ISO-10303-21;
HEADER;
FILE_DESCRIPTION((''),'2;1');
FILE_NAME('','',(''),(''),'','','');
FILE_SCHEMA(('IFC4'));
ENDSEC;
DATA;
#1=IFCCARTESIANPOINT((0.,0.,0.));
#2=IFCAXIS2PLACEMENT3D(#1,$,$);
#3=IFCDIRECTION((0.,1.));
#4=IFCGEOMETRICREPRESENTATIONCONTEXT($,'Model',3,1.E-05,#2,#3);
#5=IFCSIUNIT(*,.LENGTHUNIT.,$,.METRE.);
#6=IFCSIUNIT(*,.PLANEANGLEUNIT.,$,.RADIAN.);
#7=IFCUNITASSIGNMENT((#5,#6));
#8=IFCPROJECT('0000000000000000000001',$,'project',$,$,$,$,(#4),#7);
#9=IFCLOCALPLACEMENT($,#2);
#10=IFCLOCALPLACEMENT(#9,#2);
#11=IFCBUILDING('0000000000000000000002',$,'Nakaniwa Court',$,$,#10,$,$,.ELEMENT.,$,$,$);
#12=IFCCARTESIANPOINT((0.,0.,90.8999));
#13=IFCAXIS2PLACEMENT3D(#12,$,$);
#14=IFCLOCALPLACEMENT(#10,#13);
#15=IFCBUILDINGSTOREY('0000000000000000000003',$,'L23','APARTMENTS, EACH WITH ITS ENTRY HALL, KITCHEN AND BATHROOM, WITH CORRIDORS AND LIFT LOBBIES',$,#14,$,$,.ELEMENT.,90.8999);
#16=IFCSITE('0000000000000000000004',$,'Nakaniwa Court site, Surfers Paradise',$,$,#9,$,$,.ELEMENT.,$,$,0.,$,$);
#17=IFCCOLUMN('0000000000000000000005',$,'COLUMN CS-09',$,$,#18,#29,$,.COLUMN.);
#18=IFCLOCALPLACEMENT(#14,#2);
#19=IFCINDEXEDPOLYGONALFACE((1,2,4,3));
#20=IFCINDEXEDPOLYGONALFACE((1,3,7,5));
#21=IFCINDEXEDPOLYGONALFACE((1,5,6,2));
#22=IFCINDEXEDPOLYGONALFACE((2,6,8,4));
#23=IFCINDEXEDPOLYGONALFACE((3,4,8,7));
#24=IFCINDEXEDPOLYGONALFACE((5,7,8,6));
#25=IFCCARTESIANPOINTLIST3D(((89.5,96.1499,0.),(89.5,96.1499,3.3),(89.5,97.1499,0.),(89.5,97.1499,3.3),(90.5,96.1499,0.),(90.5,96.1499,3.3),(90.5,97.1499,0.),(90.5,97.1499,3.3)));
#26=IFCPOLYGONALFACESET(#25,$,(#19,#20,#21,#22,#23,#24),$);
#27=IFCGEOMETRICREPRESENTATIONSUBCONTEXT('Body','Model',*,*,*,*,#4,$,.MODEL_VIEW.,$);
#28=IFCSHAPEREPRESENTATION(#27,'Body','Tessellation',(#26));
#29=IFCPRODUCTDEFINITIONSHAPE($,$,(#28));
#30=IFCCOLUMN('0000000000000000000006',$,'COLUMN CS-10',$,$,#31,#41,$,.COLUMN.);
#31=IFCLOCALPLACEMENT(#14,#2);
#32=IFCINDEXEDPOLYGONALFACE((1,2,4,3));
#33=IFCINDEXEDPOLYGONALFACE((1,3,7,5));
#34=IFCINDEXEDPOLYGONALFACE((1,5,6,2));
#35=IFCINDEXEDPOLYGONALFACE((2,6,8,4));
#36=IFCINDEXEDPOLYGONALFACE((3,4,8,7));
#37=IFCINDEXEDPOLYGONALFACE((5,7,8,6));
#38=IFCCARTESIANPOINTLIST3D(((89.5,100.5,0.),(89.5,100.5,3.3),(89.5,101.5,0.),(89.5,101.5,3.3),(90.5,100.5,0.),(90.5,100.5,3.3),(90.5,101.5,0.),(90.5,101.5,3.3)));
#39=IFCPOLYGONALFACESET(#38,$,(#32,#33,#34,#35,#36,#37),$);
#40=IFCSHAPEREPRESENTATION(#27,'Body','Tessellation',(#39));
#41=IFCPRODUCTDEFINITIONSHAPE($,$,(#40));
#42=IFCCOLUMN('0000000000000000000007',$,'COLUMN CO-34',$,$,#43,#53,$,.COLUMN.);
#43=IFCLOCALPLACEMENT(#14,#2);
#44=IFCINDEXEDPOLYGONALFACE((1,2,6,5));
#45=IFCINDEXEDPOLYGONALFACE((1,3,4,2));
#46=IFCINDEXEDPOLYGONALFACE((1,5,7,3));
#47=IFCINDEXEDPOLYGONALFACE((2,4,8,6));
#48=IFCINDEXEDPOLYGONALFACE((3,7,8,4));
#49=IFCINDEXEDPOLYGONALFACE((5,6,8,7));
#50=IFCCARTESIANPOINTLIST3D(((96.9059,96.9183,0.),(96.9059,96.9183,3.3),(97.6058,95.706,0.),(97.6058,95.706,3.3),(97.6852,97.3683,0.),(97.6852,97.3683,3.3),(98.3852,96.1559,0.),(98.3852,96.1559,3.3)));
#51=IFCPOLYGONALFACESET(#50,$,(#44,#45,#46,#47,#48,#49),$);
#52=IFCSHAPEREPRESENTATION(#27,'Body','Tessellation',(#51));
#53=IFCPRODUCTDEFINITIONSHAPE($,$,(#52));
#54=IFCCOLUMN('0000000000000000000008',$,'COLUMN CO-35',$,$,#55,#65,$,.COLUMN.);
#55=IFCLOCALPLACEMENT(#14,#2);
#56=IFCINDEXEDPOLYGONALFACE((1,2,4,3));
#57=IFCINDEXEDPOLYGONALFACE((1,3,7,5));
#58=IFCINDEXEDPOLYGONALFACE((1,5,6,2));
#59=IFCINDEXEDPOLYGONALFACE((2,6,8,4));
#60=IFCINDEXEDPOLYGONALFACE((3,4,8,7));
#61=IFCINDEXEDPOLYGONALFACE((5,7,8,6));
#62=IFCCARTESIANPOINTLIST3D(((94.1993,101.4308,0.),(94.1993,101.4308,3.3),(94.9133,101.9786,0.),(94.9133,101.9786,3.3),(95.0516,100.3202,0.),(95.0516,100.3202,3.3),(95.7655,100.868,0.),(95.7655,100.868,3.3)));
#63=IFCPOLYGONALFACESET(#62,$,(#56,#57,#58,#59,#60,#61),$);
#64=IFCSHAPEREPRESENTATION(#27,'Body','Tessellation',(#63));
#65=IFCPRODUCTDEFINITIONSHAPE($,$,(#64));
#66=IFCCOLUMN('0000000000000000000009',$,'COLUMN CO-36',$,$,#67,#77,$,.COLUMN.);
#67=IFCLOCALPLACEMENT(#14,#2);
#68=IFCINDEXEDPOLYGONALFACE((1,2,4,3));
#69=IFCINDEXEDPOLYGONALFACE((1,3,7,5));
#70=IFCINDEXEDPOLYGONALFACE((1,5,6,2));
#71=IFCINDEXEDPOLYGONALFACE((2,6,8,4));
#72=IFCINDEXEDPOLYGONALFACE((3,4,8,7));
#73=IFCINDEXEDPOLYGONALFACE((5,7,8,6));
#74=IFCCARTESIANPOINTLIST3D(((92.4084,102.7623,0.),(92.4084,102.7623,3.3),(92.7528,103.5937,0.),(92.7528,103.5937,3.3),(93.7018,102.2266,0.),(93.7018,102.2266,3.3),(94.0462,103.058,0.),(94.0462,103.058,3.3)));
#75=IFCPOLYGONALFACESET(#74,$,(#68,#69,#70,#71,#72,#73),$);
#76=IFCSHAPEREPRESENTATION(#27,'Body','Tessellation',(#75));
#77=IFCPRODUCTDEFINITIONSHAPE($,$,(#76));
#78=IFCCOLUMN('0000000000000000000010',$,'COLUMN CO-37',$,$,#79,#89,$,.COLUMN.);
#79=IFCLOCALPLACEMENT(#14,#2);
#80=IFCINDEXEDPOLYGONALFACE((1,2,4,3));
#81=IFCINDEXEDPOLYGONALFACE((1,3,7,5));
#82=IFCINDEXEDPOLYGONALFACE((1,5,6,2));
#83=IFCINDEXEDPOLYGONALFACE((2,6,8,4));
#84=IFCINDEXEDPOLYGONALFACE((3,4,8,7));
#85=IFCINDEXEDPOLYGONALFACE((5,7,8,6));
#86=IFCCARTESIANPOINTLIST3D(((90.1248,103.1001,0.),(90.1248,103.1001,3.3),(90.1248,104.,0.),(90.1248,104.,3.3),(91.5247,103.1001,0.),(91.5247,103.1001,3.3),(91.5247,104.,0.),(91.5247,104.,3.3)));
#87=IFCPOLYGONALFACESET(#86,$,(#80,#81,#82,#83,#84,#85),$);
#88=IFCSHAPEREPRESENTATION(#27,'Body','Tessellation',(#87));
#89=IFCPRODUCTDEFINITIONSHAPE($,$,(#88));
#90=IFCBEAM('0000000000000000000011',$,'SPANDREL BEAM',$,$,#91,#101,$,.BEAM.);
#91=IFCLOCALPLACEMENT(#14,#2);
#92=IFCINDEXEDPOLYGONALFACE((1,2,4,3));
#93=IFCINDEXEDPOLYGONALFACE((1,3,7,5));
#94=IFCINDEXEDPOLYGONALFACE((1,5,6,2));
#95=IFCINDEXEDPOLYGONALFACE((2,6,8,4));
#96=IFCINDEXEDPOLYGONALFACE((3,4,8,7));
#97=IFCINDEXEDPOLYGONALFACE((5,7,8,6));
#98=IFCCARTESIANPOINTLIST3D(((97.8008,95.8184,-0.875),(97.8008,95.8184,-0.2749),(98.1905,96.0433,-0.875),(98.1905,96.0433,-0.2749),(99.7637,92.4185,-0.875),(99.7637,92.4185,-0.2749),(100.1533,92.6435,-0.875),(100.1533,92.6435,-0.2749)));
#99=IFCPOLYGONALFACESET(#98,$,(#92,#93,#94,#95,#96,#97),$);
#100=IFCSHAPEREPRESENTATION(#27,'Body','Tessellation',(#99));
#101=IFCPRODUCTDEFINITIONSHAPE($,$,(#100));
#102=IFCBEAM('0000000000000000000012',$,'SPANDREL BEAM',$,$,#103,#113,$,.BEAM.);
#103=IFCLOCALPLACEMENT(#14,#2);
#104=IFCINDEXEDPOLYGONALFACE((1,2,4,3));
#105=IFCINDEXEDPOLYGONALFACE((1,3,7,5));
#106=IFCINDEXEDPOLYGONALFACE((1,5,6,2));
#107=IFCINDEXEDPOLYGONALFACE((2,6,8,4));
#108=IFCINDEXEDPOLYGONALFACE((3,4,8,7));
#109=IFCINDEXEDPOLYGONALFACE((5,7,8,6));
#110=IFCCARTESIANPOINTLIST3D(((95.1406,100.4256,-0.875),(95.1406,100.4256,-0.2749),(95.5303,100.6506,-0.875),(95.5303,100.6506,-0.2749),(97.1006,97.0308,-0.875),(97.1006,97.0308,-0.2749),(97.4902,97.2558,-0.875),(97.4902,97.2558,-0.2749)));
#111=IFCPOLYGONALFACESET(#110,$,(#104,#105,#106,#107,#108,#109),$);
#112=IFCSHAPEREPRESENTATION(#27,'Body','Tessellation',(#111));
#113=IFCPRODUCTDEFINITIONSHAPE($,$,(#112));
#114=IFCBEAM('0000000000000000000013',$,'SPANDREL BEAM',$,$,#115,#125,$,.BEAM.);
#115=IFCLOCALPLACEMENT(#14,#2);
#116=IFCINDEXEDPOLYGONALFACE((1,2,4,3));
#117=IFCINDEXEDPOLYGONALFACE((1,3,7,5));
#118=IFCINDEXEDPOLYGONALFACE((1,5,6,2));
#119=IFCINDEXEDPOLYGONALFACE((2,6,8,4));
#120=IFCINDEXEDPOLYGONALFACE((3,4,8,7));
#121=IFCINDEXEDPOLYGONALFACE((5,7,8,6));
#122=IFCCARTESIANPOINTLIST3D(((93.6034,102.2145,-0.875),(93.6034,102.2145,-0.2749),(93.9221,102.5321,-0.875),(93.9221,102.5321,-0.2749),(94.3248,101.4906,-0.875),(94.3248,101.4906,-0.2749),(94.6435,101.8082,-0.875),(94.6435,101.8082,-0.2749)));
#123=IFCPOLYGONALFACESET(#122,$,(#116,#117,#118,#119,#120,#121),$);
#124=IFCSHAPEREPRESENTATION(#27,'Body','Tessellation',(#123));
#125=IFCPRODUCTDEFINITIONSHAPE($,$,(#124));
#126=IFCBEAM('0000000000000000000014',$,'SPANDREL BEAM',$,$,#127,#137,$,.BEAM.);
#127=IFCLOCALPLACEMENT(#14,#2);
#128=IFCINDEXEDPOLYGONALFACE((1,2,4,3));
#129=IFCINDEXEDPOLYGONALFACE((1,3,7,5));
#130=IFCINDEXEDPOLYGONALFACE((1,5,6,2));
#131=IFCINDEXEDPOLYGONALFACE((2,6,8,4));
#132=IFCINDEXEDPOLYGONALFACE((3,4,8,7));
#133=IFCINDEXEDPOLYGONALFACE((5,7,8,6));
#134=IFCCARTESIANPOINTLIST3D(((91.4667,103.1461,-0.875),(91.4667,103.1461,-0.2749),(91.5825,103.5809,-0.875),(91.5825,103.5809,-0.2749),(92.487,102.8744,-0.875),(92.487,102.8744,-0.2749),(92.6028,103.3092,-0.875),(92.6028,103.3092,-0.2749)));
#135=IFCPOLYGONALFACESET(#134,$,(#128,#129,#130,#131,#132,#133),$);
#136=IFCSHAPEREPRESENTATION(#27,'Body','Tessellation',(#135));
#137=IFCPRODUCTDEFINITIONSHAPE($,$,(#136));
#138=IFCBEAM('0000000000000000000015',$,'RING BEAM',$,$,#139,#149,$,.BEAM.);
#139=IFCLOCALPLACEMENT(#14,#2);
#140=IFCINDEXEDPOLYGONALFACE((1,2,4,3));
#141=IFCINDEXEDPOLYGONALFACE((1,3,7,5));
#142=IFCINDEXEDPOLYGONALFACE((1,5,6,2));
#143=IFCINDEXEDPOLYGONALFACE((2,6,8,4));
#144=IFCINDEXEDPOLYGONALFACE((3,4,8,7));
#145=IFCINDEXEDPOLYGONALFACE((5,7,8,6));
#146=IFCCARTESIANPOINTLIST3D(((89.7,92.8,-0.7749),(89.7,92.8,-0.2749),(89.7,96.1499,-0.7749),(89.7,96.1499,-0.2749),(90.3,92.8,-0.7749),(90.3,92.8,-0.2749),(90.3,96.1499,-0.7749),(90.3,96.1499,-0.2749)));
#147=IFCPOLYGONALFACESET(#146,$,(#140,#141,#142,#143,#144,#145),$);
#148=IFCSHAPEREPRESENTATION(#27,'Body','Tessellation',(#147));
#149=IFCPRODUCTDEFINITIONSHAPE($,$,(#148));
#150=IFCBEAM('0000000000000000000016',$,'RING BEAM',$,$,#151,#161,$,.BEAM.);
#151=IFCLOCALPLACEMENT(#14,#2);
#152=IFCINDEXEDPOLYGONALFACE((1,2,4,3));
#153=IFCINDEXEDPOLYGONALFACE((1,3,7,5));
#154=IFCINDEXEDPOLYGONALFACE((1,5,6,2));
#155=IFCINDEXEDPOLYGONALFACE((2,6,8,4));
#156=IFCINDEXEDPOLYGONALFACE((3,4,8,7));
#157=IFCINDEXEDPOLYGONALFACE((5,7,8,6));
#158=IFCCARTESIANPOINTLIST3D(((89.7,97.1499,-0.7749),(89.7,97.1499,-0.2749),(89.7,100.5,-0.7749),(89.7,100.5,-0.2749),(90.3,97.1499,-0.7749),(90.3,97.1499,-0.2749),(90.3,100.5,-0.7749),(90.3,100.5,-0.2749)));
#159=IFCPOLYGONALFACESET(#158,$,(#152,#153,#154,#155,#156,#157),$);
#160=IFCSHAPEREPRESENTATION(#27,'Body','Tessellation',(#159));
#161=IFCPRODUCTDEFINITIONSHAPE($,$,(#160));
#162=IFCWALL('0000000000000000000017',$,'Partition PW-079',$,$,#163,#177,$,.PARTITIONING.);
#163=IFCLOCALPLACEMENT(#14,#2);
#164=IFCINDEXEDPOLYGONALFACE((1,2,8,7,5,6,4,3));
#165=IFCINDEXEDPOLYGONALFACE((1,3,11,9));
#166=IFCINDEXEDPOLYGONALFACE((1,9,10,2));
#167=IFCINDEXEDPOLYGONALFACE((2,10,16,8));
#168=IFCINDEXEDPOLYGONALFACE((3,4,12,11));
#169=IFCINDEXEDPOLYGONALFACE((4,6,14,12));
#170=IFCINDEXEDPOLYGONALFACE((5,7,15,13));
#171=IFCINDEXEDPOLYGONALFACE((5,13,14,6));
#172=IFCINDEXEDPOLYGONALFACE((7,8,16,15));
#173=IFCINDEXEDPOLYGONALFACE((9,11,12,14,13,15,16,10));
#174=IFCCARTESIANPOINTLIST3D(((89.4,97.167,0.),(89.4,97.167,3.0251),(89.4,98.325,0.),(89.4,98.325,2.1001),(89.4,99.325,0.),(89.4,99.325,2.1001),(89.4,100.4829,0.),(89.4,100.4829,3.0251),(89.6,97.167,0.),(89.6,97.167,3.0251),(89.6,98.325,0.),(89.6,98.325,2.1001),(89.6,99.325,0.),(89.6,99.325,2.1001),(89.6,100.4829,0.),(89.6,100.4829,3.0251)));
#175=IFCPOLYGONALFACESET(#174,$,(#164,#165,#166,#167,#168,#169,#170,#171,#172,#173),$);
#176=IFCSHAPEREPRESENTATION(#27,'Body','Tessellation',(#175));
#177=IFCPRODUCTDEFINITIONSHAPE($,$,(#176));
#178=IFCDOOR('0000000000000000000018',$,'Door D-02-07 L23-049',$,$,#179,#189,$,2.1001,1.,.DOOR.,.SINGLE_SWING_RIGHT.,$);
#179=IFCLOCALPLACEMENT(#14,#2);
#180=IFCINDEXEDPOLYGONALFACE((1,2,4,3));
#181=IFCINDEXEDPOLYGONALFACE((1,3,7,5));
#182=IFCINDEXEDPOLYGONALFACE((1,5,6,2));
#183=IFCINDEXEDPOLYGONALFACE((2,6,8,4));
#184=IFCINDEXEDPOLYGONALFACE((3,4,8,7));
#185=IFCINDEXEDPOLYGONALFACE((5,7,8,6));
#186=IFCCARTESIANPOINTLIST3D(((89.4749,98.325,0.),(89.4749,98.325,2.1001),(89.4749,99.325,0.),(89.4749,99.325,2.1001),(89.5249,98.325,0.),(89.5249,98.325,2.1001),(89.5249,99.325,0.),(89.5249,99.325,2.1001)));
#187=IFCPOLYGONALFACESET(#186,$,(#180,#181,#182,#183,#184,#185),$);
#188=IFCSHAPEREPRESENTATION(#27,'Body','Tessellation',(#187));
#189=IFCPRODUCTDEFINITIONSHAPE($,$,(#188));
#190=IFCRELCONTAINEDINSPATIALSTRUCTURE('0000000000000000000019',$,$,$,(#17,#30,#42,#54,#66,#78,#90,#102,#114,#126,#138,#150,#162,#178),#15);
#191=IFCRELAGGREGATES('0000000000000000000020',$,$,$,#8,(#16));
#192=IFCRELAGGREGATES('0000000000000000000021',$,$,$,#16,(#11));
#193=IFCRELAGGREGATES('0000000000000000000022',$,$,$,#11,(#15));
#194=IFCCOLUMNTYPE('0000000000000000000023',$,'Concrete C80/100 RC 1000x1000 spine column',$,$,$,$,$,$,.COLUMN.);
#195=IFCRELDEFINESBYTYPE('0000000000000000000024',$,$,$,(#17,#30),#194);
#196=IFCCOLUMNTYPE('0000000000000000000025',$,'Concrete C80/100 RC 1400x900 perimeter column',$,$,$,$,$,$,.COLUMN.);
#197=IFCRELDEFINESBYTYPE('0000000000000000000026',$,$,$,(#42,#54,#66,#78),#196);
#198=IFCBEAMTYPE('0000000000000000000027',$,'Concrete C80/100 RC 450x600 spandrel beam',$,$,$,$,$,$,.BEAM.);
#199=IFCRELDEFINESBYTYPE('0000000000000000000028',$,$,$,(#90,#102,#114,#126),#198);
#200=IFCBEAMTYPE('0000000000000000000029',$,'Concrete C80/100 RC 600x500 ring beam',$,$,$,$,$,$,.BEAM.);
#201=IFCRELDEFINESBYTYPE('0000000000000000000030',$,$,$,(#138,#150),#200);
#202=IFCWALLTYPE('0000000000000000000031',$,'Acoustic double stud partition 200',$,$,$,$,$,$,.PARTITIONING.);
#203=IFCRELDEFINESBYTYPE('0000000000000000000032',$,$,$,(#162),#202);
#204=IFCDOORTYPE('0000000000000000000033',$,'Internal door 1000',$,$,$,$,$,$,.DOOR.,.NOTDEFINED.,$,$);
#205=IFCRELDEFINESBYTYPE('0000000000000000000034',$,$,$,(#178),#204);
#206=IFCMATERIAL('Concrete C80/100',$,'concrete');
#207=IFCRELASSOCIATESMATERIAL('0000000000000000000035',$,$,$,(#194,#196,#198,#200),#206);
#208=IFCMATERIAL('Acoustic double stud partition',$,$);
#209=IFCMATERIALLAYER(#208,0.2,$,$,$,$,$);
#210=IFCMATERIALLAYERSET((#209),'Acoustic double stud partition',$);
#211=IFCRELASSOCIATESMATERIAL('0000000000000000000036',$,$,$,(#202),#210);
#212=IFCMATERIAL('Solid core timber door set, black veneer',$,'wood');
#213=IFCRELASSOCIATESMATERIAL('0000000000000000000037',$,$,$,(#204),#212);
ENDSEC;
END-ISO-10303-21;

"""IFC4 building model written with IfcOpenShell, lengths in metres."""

from ifc_helpers import new_model, si_unit, direction, frame, frame_2d, origin, origin_2d, place, context, subcontext, project, spatial, rectangle, extrude, material, layer, layer_set, material_profile, profile_set, type_object, element, fill, save


model = new_model("IFC4")

# Units and contexts
model_context = context("Model", 3, precision=1e-05, world=origin(), true_north=direction((0.0, 1.0)))
body_context = subcontext(model_context, "Body", "Model", "MODEL_VIEW")
ifc_project = project(units=[si_unit("LENGTHUNIT", "METRE"), si_unit("PLANEANGLEUNIT", "RADIAN")], contexts=[model_context])

# Site, building, storey
site_placement = place(None, origin())
site = spatial("IfcSite", under=ifc_project, at=site_placement, Name="Nakaniwa Court site, Surfers Paradise", CompositionType="ELEMENT", RefElevation=0.0)
building_placement = place(site_placement, origin())
building = spatial("IfcBuilding", under=site, at=building_placement, Name="Nakaniwa Court", CompositionType="ELEMENT")
storey_placement = place(building_placement, frame((0.0, 0.0, 90.8999)))
storey = spatial("IfcBuildingStorey", under=building, at=storey_placement, Name="L23", Description="APARTMENTS, EACH WITH ITS ENTRY HALL, KITCHEN AND BATHROOM, WITH CORRIDORS AND LIFT LOBBIES", CompositionType="ELEMENT", Elevation=90.8999)

# Columns
ifc_material_1 = material(Name="Concrete C80/100", Category="concrete")
ifc_material_profile_1 = material_profile(ifc_material_1, rectangle(XDim=1.0, YDim=1.0, at=origin_2d()), Name="Concrete C80/100 RC 1000x1000 spine column")
ifc_profile_set_1 = profile_set([ifc_material_profile_1], Name="Concrete C80/100")
column_type_1 = type_object("IfcColumnType", Name="Concrete C80/100 RC 1000x1000 spine column", PredefinedType="COLUMN", material=ifc_profile_set_1)
for number, where, z_axis, x_axis, name in (
    (1, (90.0, 96.6499, 0.0), (0.0, 0.0, 1.0), (0.0, 1.0, 0.0), "COLUMN CS-09"),
    (2, (90.0, 101.0, 0.0), (0.0, 0.0, 1.0), (0.0, 1.0, 0.0), "COLUMN CS-10"),
):
    element("IfcColumn", number, at=place(storey_placement, frame(where, z_axis=z_axis, x_axis=x_axis)), inside=storey, type_object=column_type_1, Name=name, PredefinedType="COLUMN", context=body_context, shape_type="SweptSolid", body=[
        extrude(rectangle(XDim=1.0, YDim=1.0, at=origin_2d()), origin(), (0.0, 0.0, 1.0), 3.3),
    ])
ifc_material_profile_2 = material_profile(ifc_material_1, rectangle(XDim=1.3999, YDim=0.8999, at=origin_2d()), Name="Concrete C80/100 RC 1400x900 perimeter column")
ifc_profile_set_2 = profile_set([ifc_material_profile_2], Name="Concrete C80/100")
column_type_2 = type_object("IfcColumnType", Name="Concrete C80/100 RC 1400x900 perimeter column", PredefinedType="COLUMN", material=ifc_profile_set_2)
for number, where, z_axis, x_axis, name in (
    (3, (97.6455, 96.5371, 0.0), (0.0, 0.0, 1.0), (-0.5, 0.866025, 0.0), "COLUMN CO-34"),
    (4, (94.9824, 101.1494, 0.0), (0.0, 0.0, 1.0), (-0.608761, 0.793353, 0.0), "COLUMN CO-35"),
    (5, (93.2273, 102.9102, 0.0), (0.0, 0.0, 1.0), (-0.92388, 0.382683, 0.0), "COLUMN CO-36"),
    (6, (90.8247, 103.55, 0.0), (0.0, 0.0, 1.0), (-1.0, 0.0, 0.0), "COLUMN CO-37"),
):
    element("IfcColumn", number, at=place(storey_placement, frame(where, z_axis=z_axis, x_axis=x_axis)), inside=storey, type_object=column_type_2, Name=name, PredefinedType="COLUMN", context=body_context, shape_type="SweptSolid", body=[
        extrude(rectangle(XDim=1.3999, YDim=0.8999, at=origin_2d()), origin(), (0.0, 0.0, 1.0), 3.3),
    ])

# Beams
ifc_material_profile_3 = material_profile(ifc_material_1, rectangle(XDim=0.45, YDim=0.6001, at=origin_2d()), Name="Concrete C80/100 RC 450x600 spandrel beam")
ifc_profile_set_3 = profile_set([ifc_material_profile_3], Name="Concrete C80/100")
beam_type_1 = type_object("IfcBeamType", Name="Concrete C80/100 RC 450x600 spandrel beam", PredefinedType="BEAM", material=ifc_profile_set_3)
beam_1_placement = place(storey_placement, frame((99.9585, 92.531, -0.575), z_axis=(-0.499992, 0.86603, 0.0), x_axis=(-0.86603, -0.499992, 0.0)))
element("IfcBeam", 7, at=beam_1_placement, inside=storey, type_object=beam_type_1, Name="SPANDREL BEAM", PredefinedType="BEAM", context=body_context, shape_type="SweptSolid", body=[
    extrude(rectangle(XDim=0.45, YDim=0.6001, at=origin_2d()), origin(), (0.0, 0.0, 1.0), 3.9258),
])
beam_2_placement = place(storey_placement, frame((97.2954, 97.1433, -0.575), z_axis=(-0.499997, 0.866027, 0.0), x_axis=(-0.866027, -0.499997, 0.0)))
element("IfcBeam", 8, at=beam_2_placement, inside=storey, type_object=beam_type_1, Name="SPANDREL BEAM", PredefinedType="BEAM", context=body_context, shape_type="SweptSolid", body=[
    extrude(rectangle(XDim=0.45, YDim=0.6001, at=origin_2d()), origin(), (0.0, 0.0, 1.0), 3.9199),
])
beam_3_placement = place(storey_placement, frame((94.4841, 101.6494, -0.575), z_axis=(-0.705911, 0.7083, 0.0), x_axis=(-0.7083, -0.705911, 0.0)))
element("IfcBeam", 9, at=beam_3_placement, inside=storey, type_object=beam_type_1, Name="SPANDREL BEAM", PredefinedType="BEAM", context=body_context, shape_type="SweptSolid", body=[
    extrude(rectangle(XDim=0.45, YDim=0.6001, at=origin_2d()), origin(), (0.0, 0.0, 1.0), 1.022),
])
beam_4_placement = place(storey_placement, frame((92.5449, 103.0918, -0.575), z_axis=(-0.966315, 0.25736, 0.0), x_axis=(-0.25736, -0.966315, 0.0)))
element("IfcBeam", 10, at=beam_4_placement, inside=storey, type_object=beam_type_1, Name="SPANDREL BEAM", PredefinedType="BEAM", context=body_context, shape_type="SweptSolid", body=[
    extrude(rectangle(XDim=0.45, YDim=0.6001, at=origin_2d()), origin(), (0.0, 0.0, 1.0), 1.0559),
])
ifc_material_profile_4 = material_profile(ifc_material_1, rectangle(XDim=0.6001, YDim=0.5, at=origin_2d()), Name="Concrete C80/100 RC 600x500 ring beam")
ifc_profile_set_4 = profile_set([ifc_material_profile_4], Name="Concrete C80/100")
beam_type_2 = type_object("IfcBeamType", Name="Concrete C80/100 RC 600x500 ring beam", PredefinedType="BEAM", material=ifc_profile_set_4)
beam_5_placement = place(storey_placement, frame((90.0, 92.8, -0.5249), z_axis=(0.0, 1.0, 0.0), x_axis=(-1.0, 0.0, 0.0)))
element("IfcBeam", 11, at=beam_5_placement, inside=storey, type_object=beam_type_2, Name="RING BEAM", PredefinedType="BEAM", context=body_context, shape_type="SweptSolid", body=[
    extrude(rectangle(XDim=0.6001, YDim=0.5, at=origin_2d()), origin(), (0.0, 0.0, 1.0), 3.3499),
])
beam_6_placement = place(storey_placement, frame((90.0, 97.1499, -0.5249), z_axis=(0.0, 1.0, 0.0), x_axis=(-1.0, 0.0, 0.0)))
element("IfcBeam", 12, at=beam_6_placement, inside=storey, type_object=beam_type_2, Name="RING BEAM", PredefinedType="BEAM", context=body_context, shape_type="SweptSolid", body=[
    extrude(rectangle(XDim=0.6001, YDim=0.5, at=origin_2d()), origin(), (0.0, 0.0, 1.0), 3.3501),
])

# Wall, opening, door
ifc_material_2 = material(Name="Acoustic double stud partition")
ifc_layer_1 = layer(ifc_material_2, 0.2)
ifc_layer_set_1 = layer_set([ifc_layer_1], Name="Acoustic double stud partition")
wall_type_1 = type_object("IfcWallType", Name="Acoustic double stud partition 200", PredefinedType="PARTITIONING", material=ifc_layer_set_1)
wall_1_placement = place(storey_placement, frame((89.5, 100.4829, 0.0), z_axis=(0.0, 0.0, 1.0), x_axis=(0.0, -1.0, 0.0)))
wall_1 = element("IfcWall", 13, at=wall_1_placement, inside=storey, type_object=wall_type_1, Name="Partition PW-079", PredefinedType="PARTITIONING", context=body_context, shape_type="SweptSolid", body=[
    extrude(rectangle(XDim=3.3159, YDim=0.2, at=frame_2d((1.658, 0.0))), origin(), (0.0, 0.0, 1.0), 3.0251),
])
opening_1_placement = place(wall_1_placement, frame((1.158, 0.0, 0.0)))
opening_1 = element("IfcOpeningElement", 14, at=opening_1_placement, cuts=wall_1, PredefinedType="OPENING", context=body_context, shape_type="SweptSolid", body=[
    extrude(rectangle(XDim=1.0, YDim=2.1001, at=frame_2d((0.5, 1.05))), frame((0.0, 0.1099, 0.0), z_axis=(0.0, -1.0, 0.0), x_axis=(1.0, 0.0, 0.0)), (0.0, 0.0, 1.0), 0.22),
])
ifc_material_3 = material(Name="Solid core timber door set, black veneer", Category="wood")
door_type = type_object("IfcDoorType", Name="Internal door 1000", OperationType="NOTDEFINED", PredefinedType="DOOR", material=ifc_material_3)
door_placement = place(opening_1_placement, origin())
door = element("IfcDoor", 15, at=door_placement, inside=storey, type_object=door_type, Name="Door D-02-07 L23-049", OperationType="SINGLE_SWING_RIGHT", OverallHeight=2.1001, OverallWidth=1.0, PredefinedType="DOOR", context=body_context, shape_type="SweptSolid", body=[
    extrude(rectangle(XDim=1.0, YDim=2.1001, at=frame_2d((0.5, 1.05))), frame((0.0, 0.0249, 0.0), z_axis=(0.0, -1.0, 0.0), x_axis=(1.0, 0.0, 0.0)), (0.0, 0.0, 1.0), 0.05),
])
fill(opening_1, door)

save(model, "model.ifc")
